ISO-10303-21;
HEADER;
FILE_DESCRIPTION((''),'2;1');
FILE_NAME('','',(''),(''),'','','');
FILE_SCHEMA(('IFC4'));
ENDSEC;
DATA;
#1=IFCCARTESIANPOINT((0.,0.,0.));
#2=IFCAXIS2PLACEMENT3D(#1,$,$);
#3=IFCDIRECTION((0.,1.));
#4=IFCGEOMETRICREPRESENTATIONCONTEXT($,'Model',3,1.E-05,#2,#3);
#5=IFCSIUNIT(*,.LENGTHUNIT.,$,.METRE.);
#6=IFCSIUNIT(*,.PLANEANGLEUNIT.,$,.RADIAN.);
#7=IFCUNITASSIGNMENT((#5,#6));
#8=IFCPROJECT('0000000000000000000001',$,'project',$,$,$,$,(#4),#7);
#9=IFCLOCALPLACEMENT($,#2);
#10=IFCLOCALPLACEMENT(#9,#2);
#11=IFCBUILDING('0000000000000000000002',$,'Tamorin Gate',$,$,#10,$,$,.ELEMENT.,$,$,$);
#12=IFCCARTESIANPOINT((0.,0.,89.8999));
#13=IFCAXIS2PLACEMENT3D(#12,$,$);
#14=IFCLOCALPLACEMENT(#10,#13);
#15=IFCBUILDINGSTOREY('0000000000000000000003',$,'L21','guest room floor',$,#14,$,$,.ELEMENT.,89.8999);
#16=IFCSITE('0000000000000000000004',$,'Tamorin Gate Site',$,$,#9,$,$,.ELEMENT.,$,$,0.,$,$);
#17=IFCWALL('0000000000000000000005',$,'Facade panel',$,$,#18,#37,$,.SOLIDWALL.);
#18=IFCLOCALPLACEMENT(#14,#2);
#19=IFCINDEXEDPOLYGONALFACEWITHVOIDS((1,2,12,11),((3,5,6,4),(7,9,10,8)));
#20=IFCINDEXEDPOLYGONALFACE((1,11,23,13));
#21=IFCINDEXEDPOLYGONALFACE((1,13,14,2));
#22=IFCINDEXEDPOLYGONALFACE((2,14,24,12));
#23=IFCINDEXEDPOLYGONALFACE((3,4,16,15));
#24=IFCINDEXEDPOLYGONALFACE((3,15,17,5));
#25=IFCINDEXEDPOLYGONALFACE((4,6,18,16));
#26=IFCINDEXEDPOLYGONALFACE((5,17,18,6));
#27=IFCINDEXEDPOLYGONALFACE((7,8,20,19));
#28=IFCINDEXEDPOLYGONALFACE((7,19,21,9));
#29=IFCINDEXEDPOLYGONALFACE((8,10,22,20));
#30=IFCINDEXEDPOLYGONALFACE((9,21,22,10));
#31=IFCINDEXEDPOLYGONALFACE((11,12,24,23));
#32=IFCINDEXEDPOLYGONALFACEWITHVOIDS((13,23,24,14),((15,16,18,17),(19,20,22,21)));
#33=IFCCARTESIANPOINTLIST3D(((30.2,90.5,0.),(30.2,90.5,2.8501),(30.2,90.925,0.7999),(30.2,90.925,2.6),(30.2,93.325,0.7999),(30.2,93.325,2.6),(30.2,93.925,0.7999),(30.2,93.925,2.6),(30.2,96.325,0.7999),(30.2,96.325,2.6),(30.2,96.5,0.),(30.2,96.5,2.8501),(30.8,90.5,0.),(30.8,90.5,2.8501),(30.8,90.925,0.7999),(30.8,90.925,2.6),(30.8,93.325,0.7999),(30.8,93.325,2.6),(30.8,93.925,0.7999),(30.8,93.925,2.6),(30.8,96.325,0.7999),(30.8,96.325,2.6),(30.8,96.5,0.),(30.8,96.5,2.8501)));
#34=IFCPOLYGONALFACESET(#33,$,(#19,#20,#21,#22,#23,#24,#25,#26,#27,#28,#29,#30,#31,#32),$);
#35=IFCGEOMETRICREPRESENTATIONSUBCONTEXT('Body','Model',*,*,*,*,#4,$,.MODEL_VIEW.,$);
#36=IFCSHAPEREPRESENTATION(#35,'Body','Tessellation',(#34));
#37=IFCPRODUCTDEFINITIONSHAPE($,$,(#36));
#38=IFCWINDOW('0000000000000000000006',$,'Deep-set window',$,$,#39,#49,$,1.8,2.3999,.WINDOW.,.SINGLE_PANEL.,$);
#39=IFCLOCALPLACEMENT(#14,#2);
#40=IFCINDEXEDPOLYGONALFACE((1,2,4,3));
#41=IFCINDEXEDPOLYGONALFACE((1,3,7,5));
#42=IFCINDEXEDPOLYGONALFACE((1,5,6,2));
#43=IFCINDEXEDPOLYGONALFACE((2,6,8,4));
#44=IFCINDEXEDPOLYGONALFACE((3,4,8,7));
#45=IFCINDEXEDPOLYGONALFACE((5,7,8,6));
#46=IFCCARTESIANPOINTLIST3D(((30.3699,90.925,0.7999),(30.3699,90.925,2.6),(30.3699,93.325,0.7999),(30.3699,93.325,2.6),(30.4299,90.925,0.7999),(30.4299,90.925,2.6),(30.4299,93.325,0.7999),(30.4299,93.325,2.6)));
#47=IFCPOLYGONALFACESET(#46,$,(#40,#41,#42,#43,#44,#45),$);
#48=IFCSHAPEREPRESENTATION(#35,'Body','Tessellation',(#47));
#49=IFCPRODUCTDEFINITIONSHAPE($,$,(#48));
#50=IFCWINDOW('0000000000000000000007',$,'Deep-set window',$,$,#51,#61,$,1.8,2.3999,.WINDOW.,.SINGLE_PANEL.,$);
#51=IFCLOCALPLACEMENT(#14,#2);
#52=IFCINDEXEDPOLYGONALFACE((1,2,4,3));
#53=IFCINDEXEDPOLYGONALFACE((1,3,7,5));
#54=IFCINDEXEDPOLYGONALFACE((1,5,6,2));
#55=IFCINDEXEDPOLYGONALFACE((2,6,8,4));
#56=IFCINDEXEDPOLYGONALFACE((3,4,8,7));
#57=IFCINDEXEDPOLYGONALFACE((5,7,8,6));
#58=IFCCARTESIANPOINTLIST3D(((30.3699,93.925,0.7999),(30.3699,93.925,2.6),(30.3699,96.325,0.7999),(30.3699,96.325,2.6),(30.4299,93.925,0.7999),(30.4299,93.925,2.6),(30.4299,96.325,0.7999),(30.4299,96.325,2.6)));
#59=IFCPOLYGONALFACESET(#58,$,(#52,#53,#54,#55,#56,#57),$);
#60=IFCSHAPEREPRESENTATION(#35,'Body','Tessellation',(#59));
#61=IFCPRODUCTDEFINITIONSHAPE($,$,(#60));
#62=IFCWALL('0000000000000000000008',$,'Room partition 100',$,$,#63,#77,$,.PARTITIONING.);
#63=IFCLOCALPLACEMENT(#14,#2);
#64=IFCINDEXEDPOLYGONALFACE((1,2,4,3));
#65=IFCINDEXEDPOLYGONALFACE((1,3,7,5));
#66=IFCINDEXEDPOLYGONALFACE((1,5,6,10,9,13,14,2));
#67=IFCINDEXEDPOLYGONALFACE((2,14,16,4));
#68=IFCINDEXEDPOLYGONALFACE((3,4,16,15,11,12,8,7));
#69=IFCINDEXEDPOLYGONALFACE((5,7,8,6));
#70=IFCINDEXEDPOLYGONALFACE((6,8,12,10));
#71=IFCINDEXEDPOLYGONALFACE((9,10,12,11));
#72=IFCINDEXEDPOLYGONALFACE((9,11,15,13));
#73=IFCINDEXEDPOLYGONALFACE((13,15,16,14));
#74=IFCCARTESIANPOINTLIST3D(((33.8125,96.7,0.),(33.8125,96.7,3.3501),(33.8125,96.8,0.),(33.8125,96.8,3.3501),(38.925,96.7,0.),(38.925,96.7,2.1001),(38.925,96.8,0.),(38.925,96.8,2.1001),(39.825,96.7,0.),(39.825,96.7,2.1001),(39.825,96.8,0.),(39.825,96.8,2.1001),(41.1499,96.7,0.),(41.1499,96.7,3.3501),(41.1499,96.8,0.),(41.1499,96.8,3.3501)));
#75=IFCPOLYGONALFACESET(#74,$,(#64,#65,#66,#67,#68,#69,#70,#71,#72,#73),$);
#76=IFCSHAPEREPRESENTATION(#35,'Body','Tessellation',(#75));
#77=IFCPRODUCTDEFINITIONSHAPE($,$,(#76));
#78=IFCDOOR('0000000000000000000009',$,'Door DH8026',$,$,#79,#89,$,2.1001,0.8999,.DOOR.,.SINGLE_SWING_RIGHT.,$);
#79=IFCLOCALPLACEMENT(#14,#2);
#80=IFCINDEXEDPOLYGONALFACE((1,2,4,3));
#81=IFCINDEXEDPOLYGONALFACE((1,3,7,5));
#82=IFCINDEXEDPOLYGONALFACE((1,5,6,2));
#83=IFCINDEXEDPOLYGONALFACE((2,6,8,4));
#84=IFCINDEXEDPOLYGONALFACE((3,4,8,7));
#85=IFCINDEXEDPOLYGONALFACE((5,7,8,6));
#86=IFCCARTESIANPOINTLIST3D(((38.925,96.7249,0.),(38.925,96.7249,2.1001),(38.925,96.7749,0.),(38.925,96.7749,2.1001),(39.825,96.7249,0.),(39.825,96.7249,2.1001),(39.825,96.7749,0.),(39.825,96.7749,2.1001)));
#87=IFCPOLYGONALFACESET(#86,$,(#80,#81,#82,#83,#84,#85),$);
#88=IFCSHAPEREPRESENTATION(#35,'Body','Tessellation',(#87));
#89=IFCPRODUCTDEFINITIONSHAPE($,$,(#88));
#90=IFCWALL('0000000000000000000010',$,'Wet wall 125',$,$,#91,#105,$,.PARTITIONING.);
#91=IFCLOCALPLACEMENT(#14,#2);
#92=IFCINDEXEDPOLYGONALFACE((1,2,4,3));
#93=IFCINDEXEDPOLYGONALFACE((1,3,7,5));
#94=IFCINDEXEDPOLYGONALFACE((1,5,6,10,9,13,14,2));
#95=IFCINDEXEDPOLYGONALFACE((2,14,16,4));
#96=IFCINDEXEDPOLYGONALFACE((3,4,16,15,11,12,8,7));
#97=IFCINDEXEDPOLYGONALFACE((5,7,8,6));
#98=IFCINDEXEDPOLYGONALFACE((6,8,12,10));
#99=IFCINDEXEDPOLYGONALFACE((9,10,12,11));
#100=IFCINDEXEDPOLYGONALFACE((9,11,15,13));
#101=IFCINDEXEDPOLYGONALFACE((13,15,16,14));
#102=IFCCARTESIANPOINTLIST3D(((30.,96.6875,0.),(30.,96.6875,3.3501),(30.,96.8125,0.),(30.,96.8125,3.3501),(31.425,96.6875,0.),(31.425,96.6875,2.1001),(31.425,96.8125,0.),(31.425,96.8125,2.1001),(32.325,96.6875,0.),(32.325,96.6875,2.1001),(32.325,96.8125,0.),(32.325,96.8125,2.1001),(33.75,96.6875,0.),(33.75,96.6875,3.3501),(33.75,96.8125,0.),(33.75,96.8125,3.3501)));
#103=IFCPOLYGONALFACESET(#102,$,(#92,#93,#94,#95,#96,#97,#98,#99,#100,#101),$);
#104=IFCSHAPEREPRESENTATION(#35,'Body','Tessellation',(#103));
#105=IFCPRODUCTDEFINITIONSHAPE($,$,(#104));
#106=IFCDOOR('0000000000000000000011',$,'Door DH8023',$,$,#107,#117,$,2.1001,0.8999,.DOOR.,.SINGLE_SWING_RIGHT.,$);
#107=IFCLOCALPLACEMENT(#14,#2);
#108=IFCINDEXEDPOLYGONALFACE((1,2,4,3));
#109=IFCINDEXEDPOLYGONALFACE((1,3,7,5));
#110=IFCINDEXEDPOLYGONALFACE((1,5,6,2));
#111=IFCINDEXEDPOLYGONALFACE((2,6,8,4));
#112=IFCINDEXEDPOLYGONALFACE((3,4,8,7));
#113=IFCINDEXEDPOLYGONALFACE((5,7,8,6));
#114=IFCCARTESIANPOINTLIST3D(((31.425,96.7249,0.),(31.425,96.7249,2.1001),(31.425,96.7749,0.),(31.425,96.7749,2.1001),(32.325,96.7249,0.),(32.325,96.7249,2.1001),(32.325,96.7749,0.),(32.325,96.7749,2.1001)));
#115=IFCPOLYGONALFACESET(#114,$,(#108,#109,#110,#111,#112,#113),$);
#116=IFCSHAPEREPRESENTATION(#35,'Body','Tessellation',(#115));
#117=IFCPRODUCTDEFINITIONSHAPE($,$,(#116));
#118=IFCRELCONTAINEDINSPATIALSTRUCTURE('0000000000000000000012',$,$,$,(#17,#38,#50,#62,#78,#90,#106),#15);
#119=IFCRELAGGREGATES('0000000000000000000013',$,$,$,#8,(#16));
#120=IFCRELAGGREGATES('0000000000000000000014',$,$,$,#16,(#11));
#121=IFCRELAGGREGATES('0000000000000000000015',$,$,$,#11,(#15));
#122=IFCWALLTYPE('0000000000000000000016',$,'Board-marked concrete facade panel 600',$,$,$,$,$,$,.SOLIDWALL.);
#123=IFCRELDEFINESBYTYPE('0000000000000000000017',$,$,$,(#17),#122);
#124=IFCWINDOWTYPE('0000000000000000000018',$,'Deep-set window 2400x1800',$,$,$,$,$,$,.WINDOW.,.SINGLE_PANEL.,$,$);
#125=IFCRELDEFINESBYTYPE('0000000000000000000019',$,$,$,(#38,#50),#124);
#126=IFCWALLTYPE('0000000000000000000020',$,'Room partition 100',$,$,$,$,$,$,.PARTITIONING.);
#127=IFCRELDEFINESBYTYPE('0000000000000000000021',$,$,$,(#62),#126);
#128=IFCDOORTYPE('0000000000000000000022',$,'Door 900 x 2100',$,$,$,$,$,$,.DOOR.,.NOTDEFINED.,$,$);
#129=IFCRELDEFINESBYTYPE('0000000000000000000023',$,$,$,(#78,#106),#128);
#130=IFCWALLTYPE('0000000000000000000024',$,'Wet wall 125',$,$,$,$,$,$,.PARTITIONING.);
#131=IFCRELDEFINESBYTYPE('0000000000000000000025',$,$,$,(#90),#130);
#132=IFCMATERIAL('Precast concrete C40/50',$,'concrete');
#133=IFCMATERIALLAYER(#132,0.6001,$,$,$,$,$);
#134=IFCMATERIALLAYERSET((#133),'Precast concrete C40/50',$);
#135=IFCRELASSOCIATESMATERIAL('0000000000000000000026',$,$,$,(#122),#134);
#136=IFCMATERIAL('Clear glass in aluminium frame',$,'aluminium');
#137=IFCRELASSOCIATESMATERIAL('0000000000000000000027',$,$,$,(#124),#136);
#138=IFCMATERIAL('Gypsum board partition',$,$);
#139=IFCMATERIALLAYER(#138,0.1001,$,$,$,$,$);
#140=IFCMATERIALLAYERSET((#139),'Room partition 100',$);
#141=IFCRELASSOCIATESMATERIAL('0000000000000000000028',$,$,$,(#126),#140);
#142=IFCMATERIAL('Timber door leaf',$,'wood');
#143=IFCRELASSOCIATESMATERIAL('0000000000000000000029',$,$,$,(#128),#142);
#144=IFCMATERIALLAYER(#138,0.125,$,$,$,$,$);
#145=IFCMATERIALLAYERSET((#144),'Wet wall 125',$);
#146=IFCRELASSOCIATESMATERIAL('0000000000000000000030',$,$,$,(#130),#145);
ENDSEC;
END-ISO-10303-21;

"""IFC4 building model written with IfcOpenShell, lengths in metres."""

from ifc_helpers import new_model, si_unit, direction, frame, frame_2d, origin, place, context, subcontext, project, spatial, rectangle, extrude, material, layer, layer_set, type_object, element, fill, save


model = new_model("IFC4")

# Units and contexts
model_context = context("Model", 3, precision=1e-05, world=origin(), true_north=direction((0.0, 1.0)))
body_context = subcontext(model_context, "Body", "Model", "MODEL_VIEW")
ifc_project = project(units=[si_unit("LENGTHUNIT", "METRE"), si_unit("PLANEANGLEUNIT", "RADIAN")], contexts=[model_context])

# Site, building, storey
site_placement = place(None, origin())
site = spatial("IfcSite", under=ifc_project, at=site_placement, Name="Tamorin Gate Site", CompositionType="ELEMENT", RefElevation=0.0)
building_placement = place(site_placement, origin())
building = spatial("IfcBuilding", under=site, at=building_placement, Name="Tamorin Gate", CompositionType="ELEMENT")
storey_placement = place(building_placement, frame((0.0, 0.0, 89.8999)))
storey = spatial("IfcBuildingStorey", under=building, at=storey_placement, Name="L21", Description="guest room floor", CompositionType="ELEMENT", Elevation=89.8999)

# Shared definitions
ifc_material_1 = material(Name="Precast concrete C40/50", Category="concrete")
ifc_layer_1 = layer(ifc_material_1, 0.6001)
ifc_layer_set_1 = layer_set([ifc_layer_1], Name="Precast concrete C40/50")
wall_type_1 = type_object("IfcWallType", Name="Board-marked concrete facade panel 600", PredefinedType="SOLIDWALL", material=ifc_layer_set_1)
ifc_material_2 = material(Name="Clear glass in aluminium frame", Category="aluminium")
window_type = type_object("IfcWindowType", Name="Deep-set window 2400x1800", PartitioningType="SINGLE_PANEL", PredefinedType="WINDOW", material=ifc_material_2)

# Wall, openings, windows
wall_1_placement = place(storey_placement, frame((30.5, 96.5, 0.0), z_axis=(0.0, 0.0, 1.0), x_axis=(0.0, -1.0, 0.0)))
wall_1 = element("IfcWall", 1, at=wall_1_placement, inside=storey, type_object=wall_type_1, Name="Facade panel", PredefinedType="SOLIDWALL", context=body_context, shape_type="SweptSolid", body=[
    extrude(rectangle(XDim=6.0, YDim=0.6001, at=frame_2d((3.0, 0.0))), origin(), (0.0, 0.0, 1.0), 2.8501),
])
opening_1_placement = place(wall_1_placement, frame((3.175, 0.0, 0.8)))
opening_1 = element("IfcOpeningElement", 2, at=opening_1_placement, cuts=wall_1, PredefinedType="OPENING", context=body_context, shape_type="SweptSolid", body=[
    extrude(rectangle(XDim=2.3999, YDim=1.8, at=frame_2d((1.2, 0.8999))), frame((0.0, 0.3101, 0.0), z_axis=(0.0, -1.0, 0.0), x_axis=(1.0, 0.0, 0.0)), (0.0, 0.0, 1.0), 0.6201),
])
opening_2_placement = place(wall_1_placement, frame((0.175, 0.0, 0.8)))
opening_2 = element("IfcOpeningElement", 3, at=opening_2_placement, cuts=wall_1, PredefinedType="OPENING", context=body_context, shape_type="SweptSolid", body=[
    extrude(rectangle(XDim=2.3999, YDim=1.8, at=frame_2d((1.2, 0.8999))), frame((0.0, 0.3101, 0.0), z_axis=(0.0, -1.0, 0.0), x_axis=(1.0, 0.0, 0.0)), (0.0, 0.0, 1.0), 0.6201),
])
window_1_placement = place(opening_1_placement, origin())
window_1 = element("IfcWindow", 4, at=window_1_placement, inside=storey, type_object=window_type, Name="Deep-set window", OverallHeight=1.8, OverallWidth=2.3999, PartitioningType="SINGLE_PANEL", PredefinedType="WINDOW", context=body_context, shape_type="SweptSolid", body=[
    extrude(rectangle(XDim=2.3999, YDim=1.8, at=frame_2d((1.2, 0.8999))), frame((0.0, -0.0701, 0.0), z_axis=(0.0, -1.0, 0.0), x_axis=(1.0, 0.0, 0.0)), (0.0, 0.0, 1.0), 0.0601),
])
fill(opening_1, window_1)
window_2_placement = place(opening_2_placement, origin())
window_2 = element("IfcWindow", 5, at=window_2_placement, inside=storey, type_object=window_type, Name="Deep-set window", OverallHeight=1.8, OverallWidth=2.3999, PartitioningType="SINGLE_PANEL", PredefinedType="WINDOW", context=body_context, shape_type="SweptSolid", body=[
    extrude(rectangle(XDim=2.3999, YDim=1.8, at=frame_2d((1.2, 0.8999))), frame((0.0, -0.0701, 0.0), z_axis=(0.0, -1.0, 0.0), x_axis=(1.0, 0.0, 0.0)), (0.0, 0.0, 1.0), 0.0601),
])
fill(opening_2, window_2)

# Walls, openings, doors
ifc_material_3 = material(Name="Gypsum board partition")
ifc_layer_2 = layer(ifc_material_3, 0.1001)
ifc_layer_set_2 = layer_set([ifc_layer_2], Name="Room partition 100")
wall_type_2 = type_object("IfcWallType", Name="Room partition 100", PredefinedType="PARTITIONING", material=ifc_layer_set_2)
wall_2_placement = place(storey_placement, frame((33.8125, 96.75, 0.0), z_axis=(0.0, 0.0, 1.0), x_axis=(1.0, 0.0, 0.0)))
wall_2 = element("IfcWall", 6, at=wall_2_placement, inside=storey, type_object=wall_type_2, Name="Room partition 100", PredefinedType="PARTITIONING", context=body_context, shape_type="SweptSolid", body=[
    extrude(rectangle(XDim=7.3374, YDim=0.1001, at=frame_2d((3.6687, 0.0))), origin(), (0.0, 0.0, 1.0), 3.3501),
])
opening_3_placement = place(wall_2_placement, frame((5.1125, 0.0, 0.0)))
opening_3 = element("IfcOpeningElement", 7, at=opening_3_placement, cuts=wall_2, PredefinedType="OPENING", context=body_context, shape_type="SweptSolid", body=[
    extrude(rectangle(XDim=0.8999, YDim=2.1001, at=frame_2d((0.45, 1.05))), frame((0.0, 0.0601, 0.0), z_axis=(0.0, -1.0, 0.0), x_axis=(1.0, 0.0, 0.0)), (0.0, 0.0, 1.0), 0.1201),
])
ifc_material_4 = material(Name="Timber door leaf", Category="wood")
door_type = type_object("IfcDoorType", Name="Door 900 x 2100", OperationType="NOTDEFINED", PredefinedType="DOOR", material=ifc_material_4)
door_1_placement = place(opening_3_placement, origin())
door_1 = element("IfcDoor", 8, at=door_1_placement, inside=storey, type_object=door_type, Name="Door DH8026", OperationType="SINGLE_SWING_RIGHT", OverallHeight=2.1001, OverallWidth=0.8999, PredefinedType="DOOR", context=body_context, shape_type="SweptSolid", body=[
    extrude(rectangle(XDim=0.8999, YDim=2.1001, at=frame_2d((0.45, 1.05))), frame((0.0, 0.0249, 0.0), z_axis=(0.0, -1.0, 0.0), x_axis=(1.0, 0.0, 0.0)), (0.0, 0.0, 1.0), 0.05),
])
fill(opening_3, door_1)
ifc_layer_3 = layer(ifc_material_3, 0.125)
ifc_layer_set_3 = layer_set([ifc_layer_3], Name="Wet wall 125")
wall_type_3 = type_object("IfcWallType", Name="Wet wall 125", PredefinedType="PARTITIONING", material=ifc_layer_set_3)
wall_3_placement = place(storey_placement, frame((30.0, 96.75, 0.0), z_axis=(0.0, 0.0, 1.0), x_axis=(1.0, 0.0, 0.0)))
wall_3 = element("IfcWall", 9, at=wall_3_placement, inside=storey, type_object=wall_type_3, Name="Wet wall 125", PredefinedType="PARTITIONING", context=body_context, shape_type="SweptSolid", body=[
    extrude(rectangle(XDim=3.75, YDim=0.125, at=frame_2d((1.875, 0.0))), origin(), (0.0, 0.0, 1.0), 3.3501),
])
opening_4_placement = place(wall_3_placement, frame((1.425, 0.0, 0.0)))
opening_4 = element("IfcOpeningElement", 10, at=opening_4_placement, cuts=wall_3, PredefinedType="OPENING", context=body_context, shape_type="SweptSolid", body=[
    extrude(rectangle(XDim=0.8999, YDim=2.1001, at=frame_2d((0.45, 1.05))), frame((0.0, 0.0725, 0.0), z_axis=(0.0, -1.0, 0.0), x_axis=(1.0, 0.0, 0.0)), (0.0, 0.0, 1.0), 0.145),
])
door_2_placement = place(opening_4_placement, origin())
door_2 = element("IfcDoor", 11, at=door_2_placement, inside=storey, type_object=door_type, Name="Door DH8023", OperationType="SINGLE_SWING_RIGHT", OverallHeight=2.1001, OverallWidth=0.8999, PredefinedType="DOOR", context=body_context, shape_type="SweptSolid", body=[
    extrude(rectangle(XDim=0.8999, YDim=2.1001, at=frame_2d((0.45, 1.05))), frame((0.0, 0.0249, 0.0), z_axis=(0.0, -1.0, 0.0), x_axis=(1.0, 0.0, 0.0)), (0.0, 0.0, 1.0), 0.05),
])
fill(opening_4, door_2)

save(model, "model.ifc")
